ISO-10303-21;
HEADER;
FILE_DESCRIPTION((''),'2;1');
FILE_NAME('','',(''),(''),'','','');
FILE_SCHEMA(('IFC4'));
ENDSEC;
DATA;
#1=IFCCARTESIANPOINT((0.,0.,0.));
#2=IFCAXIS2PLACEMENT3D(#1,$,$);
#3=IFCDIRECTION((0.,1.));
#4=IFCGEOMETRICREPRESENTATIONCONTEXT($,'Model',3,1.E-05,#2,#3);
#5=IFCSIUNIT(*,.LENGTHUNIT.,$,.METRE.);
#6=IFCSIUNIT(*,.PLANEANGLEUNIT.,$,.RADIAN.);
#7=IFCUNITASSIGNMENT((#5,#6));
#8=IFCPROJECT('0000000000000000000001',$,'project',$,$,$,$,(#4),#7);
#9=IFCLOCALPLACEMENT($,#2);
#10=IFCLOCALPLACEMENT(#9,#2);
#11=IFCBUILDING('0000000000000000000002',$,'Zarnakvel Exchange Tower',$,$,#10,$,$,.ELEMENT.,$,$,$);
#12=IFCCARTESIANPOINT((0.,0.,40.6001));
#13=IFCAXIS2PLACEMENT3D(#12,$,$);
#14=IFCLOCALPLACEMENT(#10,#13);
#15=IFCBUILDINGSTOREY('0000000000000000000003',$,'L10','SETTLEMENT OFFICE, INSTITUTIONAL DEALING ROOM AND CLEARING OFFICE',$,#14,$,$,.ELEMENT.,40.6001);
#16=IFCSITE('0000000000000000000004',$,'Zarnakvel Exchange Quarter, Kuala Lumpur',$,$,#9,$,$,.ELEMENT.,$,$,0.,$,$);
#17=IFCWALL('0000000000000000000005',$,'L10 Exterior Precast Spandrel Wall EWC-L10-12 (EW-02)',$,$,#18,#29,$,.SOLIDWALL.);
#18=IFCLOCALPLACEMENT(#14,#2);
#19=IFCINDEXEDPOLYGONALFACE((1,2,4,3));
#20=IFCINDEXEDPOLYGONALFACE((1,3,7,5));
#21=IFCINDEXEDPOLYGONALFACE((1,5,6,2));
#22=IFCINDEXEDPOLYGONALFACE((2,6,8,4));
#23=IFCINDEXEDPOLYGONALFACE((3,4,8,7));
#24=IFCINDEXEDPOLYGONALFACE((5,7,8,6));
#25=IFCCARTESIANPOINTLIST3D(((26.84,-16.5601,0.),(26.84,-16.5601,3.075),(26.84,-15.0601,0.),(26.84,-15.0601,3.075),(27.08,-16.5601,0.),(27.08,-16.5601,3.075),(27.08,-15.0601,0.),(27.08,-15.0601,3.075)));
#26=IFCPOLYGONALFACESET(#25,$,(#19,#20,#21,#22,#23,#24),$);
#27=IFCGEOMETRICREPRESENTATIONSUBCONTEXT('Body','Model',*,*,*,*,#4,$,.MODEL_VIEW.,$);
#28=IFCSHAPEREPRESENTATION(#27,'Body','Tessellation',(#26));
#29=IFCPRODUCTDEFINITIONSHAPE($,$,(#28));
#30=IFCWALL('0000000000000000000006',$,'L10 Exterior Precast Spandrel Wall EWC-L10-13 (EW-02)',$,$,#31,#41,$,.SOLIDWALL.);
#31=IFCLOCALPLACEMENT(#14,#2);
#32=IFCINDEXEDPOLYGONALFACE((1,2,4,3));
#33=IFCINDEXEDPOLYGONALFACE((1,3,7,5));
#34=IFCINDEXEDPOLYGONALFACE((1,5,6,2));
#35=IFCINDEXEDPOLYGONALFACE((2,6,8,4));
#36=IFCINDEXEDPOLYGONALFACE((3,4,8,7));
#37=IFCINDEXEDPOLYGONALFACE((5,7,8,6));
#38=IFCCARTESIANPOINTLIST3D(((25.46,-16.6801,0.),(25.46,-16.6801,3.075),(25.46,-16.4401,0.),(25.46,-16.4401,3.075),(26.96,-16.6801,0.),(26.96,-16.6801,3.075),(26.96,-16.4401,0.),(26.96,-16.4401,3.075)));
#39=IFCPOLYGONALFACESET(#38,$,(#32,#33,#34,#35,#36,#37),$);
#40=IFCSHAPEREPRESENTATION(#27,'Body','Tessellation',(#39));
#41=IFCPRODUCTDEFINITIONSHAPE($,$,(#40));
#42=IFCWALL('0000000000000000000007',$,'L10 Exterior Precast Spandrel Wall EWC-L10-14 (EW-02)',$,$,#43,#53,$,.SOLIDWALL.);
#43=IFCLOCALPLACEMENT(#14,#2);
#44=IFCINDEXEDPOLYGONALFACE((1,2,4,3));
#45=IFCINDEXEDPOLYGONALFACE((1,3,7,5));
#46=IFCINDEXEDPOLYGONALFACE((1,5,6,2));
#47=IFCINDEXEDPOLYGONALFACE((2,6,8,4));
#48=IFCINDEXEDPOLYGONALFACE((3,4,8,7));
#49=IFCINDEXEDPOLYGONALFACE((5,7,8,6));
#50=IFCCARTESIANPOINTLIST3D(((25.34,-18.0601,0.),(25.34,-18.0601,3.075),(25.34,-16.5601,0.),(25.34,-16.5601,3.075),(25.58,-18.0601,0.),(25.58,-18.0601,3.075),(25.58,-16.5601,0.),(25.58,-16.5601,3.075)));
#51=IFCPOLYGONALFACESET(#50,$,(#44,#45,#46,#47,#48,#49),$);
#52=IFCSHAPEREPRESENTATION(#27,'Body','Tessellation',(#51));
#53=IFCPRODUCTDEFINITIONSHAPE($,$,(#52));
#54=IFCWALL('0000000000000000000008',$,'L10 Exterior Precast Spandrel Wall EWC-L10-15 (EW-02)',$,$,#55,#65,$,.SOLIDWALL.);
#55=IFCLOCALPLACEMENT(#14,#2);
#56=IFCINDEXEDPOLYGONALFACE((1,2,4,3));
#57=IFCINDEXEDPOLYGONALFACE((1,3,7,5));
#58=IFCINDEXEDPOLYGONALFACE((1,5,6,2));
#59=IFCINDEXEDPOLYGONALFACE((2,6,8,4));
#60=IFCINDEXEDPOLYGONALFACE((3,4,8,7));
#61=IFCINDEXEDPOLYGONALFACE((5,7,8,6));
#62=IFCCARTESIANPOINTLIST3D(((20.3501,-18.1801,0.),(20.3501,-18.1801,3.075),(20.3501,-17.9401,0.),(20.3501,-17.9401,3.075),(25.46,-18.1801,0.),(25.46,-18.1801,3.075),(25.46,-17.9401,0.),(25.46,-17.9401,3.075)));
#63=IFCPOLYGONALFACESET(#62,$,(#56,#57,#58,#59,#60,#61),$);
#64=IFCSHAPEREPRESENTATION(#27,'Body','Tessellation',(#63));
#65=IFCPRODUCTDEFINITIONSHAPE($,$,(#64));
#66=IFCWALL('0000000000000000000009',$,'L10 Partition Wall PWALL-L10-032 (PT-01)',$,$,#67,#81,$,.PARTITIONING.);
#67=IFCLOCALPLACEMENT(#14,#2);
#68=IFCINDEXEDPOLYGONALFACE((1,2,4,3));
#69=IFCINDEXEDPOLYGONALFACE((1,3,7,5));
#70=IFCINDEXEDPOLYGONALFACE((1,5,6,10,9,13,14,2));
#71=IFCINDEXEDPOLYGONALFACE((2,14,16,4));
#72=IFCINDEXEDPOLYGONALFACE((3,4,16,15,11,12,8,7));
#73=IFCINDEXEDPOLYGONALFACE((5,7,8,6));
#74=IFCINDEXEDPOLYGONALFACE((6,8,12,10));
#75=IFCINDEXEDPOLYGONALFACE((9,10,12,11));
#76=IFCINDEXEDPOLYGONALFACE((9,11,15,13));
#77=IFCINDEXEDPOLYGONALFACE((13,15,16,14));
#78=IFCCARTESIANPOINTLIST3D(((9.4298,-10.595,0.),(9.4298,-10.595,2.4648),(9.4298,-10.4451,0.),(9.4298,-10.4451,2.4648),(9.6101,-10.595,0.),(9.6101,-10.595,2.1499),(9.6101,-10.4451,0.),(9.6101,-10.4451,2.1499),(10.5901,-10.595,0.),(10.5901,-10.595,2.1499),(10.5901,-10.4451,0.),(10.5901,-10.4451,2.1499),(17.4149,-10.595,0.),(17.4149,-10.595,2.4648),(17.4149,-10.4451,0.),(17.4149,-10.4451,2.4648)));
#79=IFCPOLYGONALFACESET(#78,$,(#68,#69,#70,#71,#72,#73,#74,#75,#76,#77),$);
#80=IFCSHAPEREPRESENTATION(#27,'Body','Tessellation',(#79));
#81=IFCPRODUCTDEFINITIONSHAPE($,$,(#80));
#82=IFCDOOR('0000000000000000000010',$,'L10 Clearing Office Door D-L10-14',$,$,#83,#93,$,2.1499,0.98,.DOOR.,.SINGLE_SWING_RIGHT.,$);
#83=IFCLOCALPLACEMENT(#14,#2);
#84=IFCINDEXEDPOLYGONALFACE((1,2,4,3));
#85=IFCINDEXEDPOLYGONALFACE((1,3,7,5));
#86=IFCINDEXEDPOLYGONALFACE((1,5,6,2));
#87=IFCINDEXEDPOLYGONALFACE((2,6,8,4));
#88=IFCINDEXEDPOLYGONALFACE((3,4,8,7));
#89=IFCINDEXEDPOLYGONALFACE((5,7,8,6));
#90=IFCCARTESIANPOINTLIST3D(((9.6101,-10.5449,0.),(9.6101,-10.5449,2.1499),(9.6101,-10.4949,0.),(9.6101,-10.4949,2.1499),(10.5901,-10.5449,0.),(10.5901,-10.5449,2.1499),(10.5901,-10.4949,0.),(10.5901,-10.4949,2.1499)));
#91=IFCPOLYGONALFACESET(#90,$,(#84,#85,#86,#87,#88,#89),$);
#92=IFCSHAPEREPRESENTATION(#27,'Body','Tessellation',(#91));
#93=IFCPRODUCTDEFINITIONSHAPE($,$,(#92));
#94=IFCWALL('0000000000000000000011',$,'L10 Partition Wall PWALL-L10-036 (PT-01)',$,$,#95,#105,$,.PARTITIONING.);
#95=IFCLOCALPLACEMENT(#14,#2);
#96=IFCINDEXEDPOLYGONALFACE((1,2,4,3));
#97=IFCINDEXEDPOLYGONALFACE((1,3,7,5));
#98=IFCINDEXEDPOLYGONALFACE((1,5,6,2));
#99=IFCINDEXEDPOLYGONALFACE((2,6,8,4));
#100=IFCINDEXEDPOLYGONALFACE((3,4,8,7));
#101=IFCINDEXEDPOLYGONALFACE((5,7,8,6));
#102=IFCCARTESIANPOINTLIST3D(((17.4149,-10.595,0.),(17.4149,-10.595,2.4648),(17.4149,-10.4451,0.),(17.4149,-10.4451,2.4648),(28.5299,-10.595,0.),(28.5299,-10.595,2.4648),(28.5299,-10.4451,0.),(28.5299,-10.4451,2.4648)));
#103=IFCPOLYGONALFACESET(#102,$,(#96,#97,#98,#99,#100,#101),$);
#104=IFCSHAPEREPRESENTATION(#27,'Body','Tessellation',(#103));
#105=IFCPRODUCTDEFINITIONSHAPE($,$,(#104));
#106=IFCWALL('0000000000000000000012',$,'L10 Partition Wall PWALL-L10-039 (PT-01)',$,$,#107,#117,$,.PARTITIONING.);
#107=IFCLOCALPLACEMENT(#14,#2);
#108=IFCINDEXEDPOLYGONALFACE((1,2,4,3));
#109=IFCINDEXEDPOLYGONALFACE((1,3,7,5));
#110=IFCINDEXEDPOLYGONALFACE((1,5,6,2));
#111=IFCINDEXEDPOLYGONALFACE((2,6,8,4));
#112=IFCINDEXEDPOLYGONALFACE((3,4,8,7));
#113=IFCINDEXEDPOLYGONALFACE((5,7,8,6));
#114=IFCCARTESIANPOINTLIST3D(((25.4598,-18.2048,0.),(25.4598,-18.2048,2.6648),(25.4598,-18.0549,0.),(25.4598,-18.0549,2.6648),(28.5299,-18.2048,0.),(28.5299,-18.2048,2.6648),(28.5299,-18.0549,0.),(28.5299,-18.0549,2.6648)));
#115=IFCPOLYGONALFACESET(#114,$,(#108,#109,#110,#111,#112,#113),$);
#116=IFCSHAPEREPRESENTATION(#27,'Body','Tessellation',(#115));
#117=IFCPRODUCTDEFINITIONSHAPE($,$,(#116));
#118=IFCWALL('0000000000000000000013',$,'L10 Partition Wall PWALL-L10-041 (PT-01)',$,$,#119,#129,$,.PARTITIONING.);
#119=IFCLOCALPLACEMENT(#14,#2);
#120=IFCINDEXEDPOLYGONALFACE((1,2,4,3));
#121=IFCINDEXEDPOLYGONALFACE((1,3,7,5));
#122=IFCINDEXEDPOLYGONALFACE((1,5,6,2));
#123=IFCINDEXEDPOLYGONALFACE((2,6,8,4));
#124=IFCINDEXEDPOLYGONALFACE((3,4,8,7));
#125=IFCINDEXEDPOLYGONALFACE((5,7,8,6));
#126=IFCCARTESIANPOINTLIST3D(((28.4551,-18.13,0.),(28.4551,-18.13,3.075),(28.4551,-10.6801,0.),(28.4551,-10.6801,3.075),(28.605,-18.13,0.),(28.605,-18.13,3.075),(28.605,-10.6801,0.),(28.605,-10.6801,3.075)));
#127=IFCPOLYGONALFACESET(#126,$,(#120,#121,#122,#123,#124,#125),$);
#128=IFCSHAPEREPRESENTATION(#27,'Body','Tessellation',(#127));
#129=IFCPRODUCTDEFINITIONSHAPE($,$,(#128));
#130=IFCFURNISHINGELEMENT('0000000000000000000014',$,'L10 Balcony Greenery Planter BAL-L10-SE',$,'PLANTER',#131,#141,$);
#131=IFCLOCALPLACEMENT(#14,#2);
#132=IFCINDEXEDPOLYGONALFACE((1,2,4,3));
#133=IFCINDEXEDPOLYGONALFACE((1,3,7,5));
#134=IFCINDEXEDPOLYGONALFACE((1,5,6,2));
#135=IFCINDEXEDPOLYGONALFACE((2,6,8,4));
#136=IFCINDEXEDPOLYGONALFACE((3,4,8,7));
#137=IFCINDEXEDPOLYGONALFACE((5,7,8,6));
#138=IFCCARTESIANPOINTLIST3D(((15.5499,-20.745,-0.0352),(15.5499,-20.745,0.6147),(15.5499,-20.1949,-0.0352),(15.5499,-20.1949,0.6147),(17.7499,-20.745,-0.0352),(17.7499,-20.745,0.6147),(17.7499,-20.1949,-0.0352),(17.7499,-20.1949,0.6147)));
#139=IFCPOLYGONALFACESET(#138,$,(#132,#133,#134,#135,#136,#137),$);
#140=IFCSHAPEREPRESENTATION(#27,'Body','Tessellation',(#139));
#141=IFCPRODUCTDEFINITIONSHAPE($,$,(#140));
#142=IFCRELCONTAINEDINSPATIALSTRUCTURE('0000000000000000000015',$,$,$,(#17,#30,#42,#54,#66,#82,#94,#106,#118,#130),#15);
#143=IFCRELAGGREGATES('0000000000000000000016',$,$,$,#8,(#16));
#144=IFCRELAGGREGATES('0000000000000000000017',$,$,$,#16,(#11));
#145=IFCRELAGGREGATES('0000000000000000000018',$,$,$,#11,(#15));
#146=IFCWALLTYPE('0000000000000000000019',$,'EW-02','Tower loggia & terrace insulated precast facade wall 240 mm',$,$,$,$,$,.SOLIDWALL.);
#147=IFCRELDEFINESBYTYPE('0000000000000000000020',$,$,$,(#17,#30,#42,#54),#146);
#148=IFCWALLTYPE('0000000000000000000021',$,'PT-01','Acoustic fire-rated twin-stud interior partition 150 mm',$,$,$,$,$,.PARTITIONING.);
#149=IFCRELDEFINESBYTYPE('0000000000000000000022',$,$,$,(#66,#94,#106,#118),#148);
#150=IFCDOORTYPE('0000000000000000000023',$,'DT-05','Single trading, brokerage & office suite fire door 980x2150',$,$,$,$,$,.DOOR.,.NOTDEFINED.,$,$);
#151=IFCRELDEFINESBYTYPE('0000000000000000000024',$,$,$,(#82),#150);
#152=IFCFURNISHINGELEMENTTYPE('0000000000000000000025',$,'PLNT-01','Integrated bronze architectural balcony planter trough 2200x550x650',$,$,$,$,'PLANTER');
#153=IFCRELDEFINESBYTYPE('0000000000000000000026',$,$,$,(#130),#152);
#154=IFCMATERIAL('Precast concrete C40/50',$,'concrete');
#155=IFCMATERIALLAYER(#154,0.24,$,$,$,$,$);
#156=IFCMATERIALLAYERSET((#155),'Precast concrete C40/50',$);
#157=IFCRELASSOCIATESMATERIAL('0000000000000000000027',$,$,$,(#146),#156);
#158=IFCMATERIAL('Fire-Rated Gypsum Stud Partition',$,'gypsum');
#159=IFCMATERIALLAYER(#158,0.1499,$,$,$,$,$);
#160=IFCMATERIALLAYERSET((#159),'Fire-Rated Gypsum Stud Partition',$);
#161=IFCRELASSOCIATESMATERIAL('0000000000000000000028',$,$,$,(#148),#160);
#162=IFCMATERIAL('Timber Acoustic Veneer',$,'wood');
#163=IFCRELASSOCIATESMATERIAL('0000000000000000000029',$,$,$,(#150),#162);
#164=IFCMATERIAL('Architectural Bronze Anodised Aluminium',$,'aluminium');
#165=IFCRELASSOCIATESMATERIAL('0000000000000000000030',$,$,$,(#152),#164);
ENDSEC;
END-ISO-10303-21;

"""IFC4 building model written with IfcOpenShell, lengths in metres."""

from ifc_helpers import new_model, si_unit, direction, frame, frame_2d, origin, origin_2d, place, context, subcontext, project, spatial, rectangle, extrude, source, transform, mapped, material, layer, layer_set, type_object, element, fill, save


model = new_model("IFC4")

# Units and contexts
model_context = context("Model", 3, precision=1e-05, world=origin(), true_north=direction((0.0, 1.0)))
body_context = subcontext(model_context, "Body", "Model", "MODEL_VIEW")
ifc_project = project(units=[si_unit("LENGTHUNIT", "METRE"), si_unit("PLANEANGLEUNIT", "RADIAN")], contexts=[model_context])

# Site, building, storey
site_placement = place(None, origin())
site = spatial("IfcSite", under=ifc_project, at=site_placement, Name="Zarnakvel Exchange Quarter, Kuala Lumpur", CompositionType="ELEMENT", RefElevation=0.0)
building_placement = place(site_placement, origin())
building = spatial("IfcBuilding", under=site, at=building_placement, Name="Zarnakvel Exchange Tower", CompositionType="ELEMENT")
storey_placement = place(building_placement, frame((0.0, 0.0, 40.6001)))
storey = spatial("IfcBuildingStorey", under=building, at=storey_placement, Name="L10", Description="SETTLEMENT OFFICE, INSTITUTIONAL DEALING ROOM AND CLEARING OFFICE", CompositionType="ELEMENT", Elevation=40.6001)

# Shared definitions
ifc_material_1 = material(Name="Architectural Bronze Anodised Aluminium", Category="aluminium")

# Shared definitions
ifc_material_2 = material(Name="Precast concrete C40/50", Category="concrete")
ifc_layer_1 = layer(ifc_material_2, 0.24)
ifc_layer_set_1 = layer_set([ifc_layer_1], Name="Precast concrete C40/50")
wall_type_1 = type_object("IfcWallType", Name="EW-02", Description="Tower loggia & terrace insulated precast facade wall 240 mm", PredefinedType="SOLIDWALL", material=ifc_layer_set_1)

# Walls
for number, where, z_axis, x_axis, name in (
    (1, (26.96, -16.5601, 0.0), (0.0, 0.0, 1.0), (0.0, 1.0, 0.0), "L10 Exterior Precast Spandrel Wall EWC-L10-12 (EW-02)"),
    (2, (25.46, -16.5601, 0.0), (0.0, 0.0, 1.0), (1.0, 0.0, 0.0), "L10 Exterior Precast Spandrel Wall EWC-L10-13 (EW-02)"),
    (3, (25.46, -18.0601, 0.0), (0.0, 0.0, 1.0), (0.0, 1.0, 0.0), "L10 Exterior Precast Spandrel Wall EWC-L10-14 (EW-02)"),
):
    element("IfcWall", number, at=place(storey_placement, frame(where, z_axis=z_axis, x_axis=x_axis)), inside=storey, type_object=wall_type_1, Name=name, PredefinedType="SOLIDWALL", context=body_context, shape_type="SweptSolid", body=[
        extrude(rectangle(XDim=1.5, YDim=0.24, at=frame_2d((0.75, 0.0))), origin(), (0.0, 0.0, 1.0), 3.075),
    ])
wall_1_placement = place(storey_placement, frame((20.3501, -18.0601, 0.0), z_axis=(0.0, 0.0, 1.0), x_axis=(1.0, 0.0, 0.0)))
element("IfcWall", 4, at=wall_1_placement, inside=storey, type_object=wall_type_1, Name="L10 Exterior Precast Spandrel Wall EWC-L10-15 (EW-02)", PredefinedType="SOLIDWALL", context=body_context, shape_type="SweptSolid", body=[
    extrude(rectangle(XDim=5.1099, YDim=0.24, at=frame_2d((2.5549, 0.0))), origin(), (0.0, 0.0, 1.0), 3.075),
])

# Wall, opening, door
ifc_material_3 = material(Name="Fire-Rated Gypsum Stud Partition", Category="gypsum")
ifc_layer_2 = layer(ifc_material_3, 0.1499)
ifc_layer_set_2 = layer_set([ifc_layer_2], Name="Fire-Rated Gypsum Stud Partition")
wall_type_2 = type_object("IfcWallType", Name="PT-01", Description="Acoustic fire-rated twin-stud interior partition 150 mm", PredefinedType="PARTITIONING", material=ifc_layer_set_2)
wall_2_placement = place(storey_placement, frame((17.415, -10.52, 0.0), z_axis=(0.0, 0.0, 1.0), x_axis=(-1.0, 0.0, 0.0)))
wall_2 = element("IfcWall", 5, at=wall_2_placement, inside=storey, type_object=wall_type_2, Name="L10 Partition Wall PWALL-L10-032 (PT-01)", PredefinedType="PARTITIONING", context=body_context, shape_type="SweptSolid", body=[
    extrude(rectangle(XDim=7.9851, YDim=0.1499, at=frame_2d((3.9927, 0.0))), origin(), (0.0, 0.0, 1.0), 2.4648),
])
opening_1_placement = place(wall_2_placement, frame((6.825, 0.0, 0.0)))
opening_1 = element("IfcOpeningElement", 6, at=opening_1_placement, cuts=wall_2, PredefinedType="OPENING", context=body_context, shape_type="SweptSolid", body=[
    extrude(rectangle(XDim=0.98, YDim=2.1499, at=frame_2d((0.49, 1.075))), frame((0.0, 0.085, 0.0), z_axis=(0.0, -1.0, 0.0), x_axis=(1.0, 0.0, 0.0)), (0.0, 0.0, 1.0), 0.1699),
])
ifc_material_4 = material(Name="Timber Acoustic Veneer", Category="wood")
door_type_1 = type_object("IfcDoorType", Name="DT-05", Description="Single trading, brokerage & office suite fire door 980x2150", OperationType="NOTDEFINED", PredefinedType="DOOR", material=ifc_material_4)
shared_shape_1 = source(origin(), body_context, "Body", "SweptSolid", [
    extrude(rectangle(XDim=0.98, YDim=2.1499, at=frame_2d((0.49, 1.075))), frame((0.0, 0.0249, 0.0), z_axis=(0.0, -1.0, 0.0), x_axis=(1.0, 0.0, 0.0)), (0.0, 0.0, 1.0), 0.05),
])
door_1_placement = place(opening_1_placement, origin())
door_1 = element("IfcDoor", 7, at=door_1_placement, inside=storey, type_object=door_type_1, Name="L10 Clearing Office Door D-L10-14", OperationType="SINGLE_SWING_RIGHT", OverallHeight=2.1499, OverallWidth=0.98, PredefinedType="DOOR", context=body_context, shape_type="MappedRepresentation", body=[
    mapped(shared_shape_1, transform((0.0, 0.0, 0.0), x_axis=(1.0, 0.0, 0.0), y_axis=(0.0, 1.0, 0.0), z_axis=(0.0, 0.0, 1.0), scale=1.0)),
])
fill(opening_1, door_1)

# Walls
wall_3_placement = place(storey_placement, frame((28.53, -10.52, 0.0), z_axis=(0.0, 0.0, 1.0), x_axis=(-1.0, 0.0, 0.0)))
element("IfcWall", 8, at=wall_3_placement, inside=storey, type_object=wall_type_2, Name="L10 Partition Wall PWALL-L10-036 (PT-01)", PredefinedType="PARTITIONING", context=body_context, shape_type="SweptSolid", body=[
    extrude(rectangle(XDim=11.115, YDim=0.1499, at=frame_2d((5.5576, 0.0))), origin(), (0.0, 0.0, 1.0), 2.4648),
])
wall_4_placement = place(storey_placement, frame((28.53, -18.1299, 0.0), z_axis=(0.0, 0.0, 1.0), x_axis=(-1.0, 0.0, 0.0)))
element("IfcWall", 9, at=wall_4_placement, inside=storey, type_object=wall_type_2, Name="L10 Partition Wall PWALL-L10-039 (PT-01)", PredefinedType="PARTITIONING", context=body_context, shape_type="SweptSolid", body=[
    extrude(rectangle(XDim=3.0701, YDim=0.1499, at=frame_2d((1.5352, 0.0))), origin(), (0.0, 0.0, 1.0), 2.6648),
])
wall_5_placement = place(storey_placement, frame((28.53, -10.6799, 0.0), z_axis=(0.0, 0.0, 1.0), x_axis=(0.0, -1.0, 0.0)))
element("IfcWall", 10, at=wall_5_placement, inside=storey, type_object=wall_type_2, Name="L10 Partition Wall PWALL-L10-041 (PT-01)", PredefinedType="PARTITIONING", context=body_context, shape_type="SweptSolid", body=[
    extrude(rectangle(XDim=7.45, YDim=0.1499, at=frame_2d((3.7251, 0.0))), origin(), (0.0, 0.0, 1.0), 3.075),
])

# Furnishing element
furnishing_element_type = type_object("IfcFurnishingElementType", Name="PLNT-01", Description="Integrated bronze architectural balcony planter trough 2200x550x650", ElementType="PLANTER", material=ifc_material_1)
shared_shape_2 = source(origin(), body_context, "Body", "SweptSolid", [
    extrude(rectangle(XDim=2.2, YDim=0.55, at=origin_2d()), origin(), (0.0, 0.0, 1.0), 0.6499),
])
furnishing_placement = place(storey_placement, frame((16.6499, -20.47, -0.0352), z_axis=(0.0, 0.0, 1.0), x_axis=(1.0, 0.0, 0.0)))
element("IfcFurnishingElement", 11, at=furnishing_placement, inside=storey, type_object=furnishing_element_type, Name="L10 Balcony Greenery Planter BAL-L10-SE", ObjectType="PLANTER", context=body_context, shape_type="MappedRepresentation", body=[
    mapped(shared_shape_2, transform((0.0, 0.0, 0.0), x_axis=(1.0, 0.0, 0.0), y_axis=(0.0, 1.0, 0.0), z_axis=(0.0, 0.0, 1.0), scale=1.0)),
])

save(model, "model.ifc")
